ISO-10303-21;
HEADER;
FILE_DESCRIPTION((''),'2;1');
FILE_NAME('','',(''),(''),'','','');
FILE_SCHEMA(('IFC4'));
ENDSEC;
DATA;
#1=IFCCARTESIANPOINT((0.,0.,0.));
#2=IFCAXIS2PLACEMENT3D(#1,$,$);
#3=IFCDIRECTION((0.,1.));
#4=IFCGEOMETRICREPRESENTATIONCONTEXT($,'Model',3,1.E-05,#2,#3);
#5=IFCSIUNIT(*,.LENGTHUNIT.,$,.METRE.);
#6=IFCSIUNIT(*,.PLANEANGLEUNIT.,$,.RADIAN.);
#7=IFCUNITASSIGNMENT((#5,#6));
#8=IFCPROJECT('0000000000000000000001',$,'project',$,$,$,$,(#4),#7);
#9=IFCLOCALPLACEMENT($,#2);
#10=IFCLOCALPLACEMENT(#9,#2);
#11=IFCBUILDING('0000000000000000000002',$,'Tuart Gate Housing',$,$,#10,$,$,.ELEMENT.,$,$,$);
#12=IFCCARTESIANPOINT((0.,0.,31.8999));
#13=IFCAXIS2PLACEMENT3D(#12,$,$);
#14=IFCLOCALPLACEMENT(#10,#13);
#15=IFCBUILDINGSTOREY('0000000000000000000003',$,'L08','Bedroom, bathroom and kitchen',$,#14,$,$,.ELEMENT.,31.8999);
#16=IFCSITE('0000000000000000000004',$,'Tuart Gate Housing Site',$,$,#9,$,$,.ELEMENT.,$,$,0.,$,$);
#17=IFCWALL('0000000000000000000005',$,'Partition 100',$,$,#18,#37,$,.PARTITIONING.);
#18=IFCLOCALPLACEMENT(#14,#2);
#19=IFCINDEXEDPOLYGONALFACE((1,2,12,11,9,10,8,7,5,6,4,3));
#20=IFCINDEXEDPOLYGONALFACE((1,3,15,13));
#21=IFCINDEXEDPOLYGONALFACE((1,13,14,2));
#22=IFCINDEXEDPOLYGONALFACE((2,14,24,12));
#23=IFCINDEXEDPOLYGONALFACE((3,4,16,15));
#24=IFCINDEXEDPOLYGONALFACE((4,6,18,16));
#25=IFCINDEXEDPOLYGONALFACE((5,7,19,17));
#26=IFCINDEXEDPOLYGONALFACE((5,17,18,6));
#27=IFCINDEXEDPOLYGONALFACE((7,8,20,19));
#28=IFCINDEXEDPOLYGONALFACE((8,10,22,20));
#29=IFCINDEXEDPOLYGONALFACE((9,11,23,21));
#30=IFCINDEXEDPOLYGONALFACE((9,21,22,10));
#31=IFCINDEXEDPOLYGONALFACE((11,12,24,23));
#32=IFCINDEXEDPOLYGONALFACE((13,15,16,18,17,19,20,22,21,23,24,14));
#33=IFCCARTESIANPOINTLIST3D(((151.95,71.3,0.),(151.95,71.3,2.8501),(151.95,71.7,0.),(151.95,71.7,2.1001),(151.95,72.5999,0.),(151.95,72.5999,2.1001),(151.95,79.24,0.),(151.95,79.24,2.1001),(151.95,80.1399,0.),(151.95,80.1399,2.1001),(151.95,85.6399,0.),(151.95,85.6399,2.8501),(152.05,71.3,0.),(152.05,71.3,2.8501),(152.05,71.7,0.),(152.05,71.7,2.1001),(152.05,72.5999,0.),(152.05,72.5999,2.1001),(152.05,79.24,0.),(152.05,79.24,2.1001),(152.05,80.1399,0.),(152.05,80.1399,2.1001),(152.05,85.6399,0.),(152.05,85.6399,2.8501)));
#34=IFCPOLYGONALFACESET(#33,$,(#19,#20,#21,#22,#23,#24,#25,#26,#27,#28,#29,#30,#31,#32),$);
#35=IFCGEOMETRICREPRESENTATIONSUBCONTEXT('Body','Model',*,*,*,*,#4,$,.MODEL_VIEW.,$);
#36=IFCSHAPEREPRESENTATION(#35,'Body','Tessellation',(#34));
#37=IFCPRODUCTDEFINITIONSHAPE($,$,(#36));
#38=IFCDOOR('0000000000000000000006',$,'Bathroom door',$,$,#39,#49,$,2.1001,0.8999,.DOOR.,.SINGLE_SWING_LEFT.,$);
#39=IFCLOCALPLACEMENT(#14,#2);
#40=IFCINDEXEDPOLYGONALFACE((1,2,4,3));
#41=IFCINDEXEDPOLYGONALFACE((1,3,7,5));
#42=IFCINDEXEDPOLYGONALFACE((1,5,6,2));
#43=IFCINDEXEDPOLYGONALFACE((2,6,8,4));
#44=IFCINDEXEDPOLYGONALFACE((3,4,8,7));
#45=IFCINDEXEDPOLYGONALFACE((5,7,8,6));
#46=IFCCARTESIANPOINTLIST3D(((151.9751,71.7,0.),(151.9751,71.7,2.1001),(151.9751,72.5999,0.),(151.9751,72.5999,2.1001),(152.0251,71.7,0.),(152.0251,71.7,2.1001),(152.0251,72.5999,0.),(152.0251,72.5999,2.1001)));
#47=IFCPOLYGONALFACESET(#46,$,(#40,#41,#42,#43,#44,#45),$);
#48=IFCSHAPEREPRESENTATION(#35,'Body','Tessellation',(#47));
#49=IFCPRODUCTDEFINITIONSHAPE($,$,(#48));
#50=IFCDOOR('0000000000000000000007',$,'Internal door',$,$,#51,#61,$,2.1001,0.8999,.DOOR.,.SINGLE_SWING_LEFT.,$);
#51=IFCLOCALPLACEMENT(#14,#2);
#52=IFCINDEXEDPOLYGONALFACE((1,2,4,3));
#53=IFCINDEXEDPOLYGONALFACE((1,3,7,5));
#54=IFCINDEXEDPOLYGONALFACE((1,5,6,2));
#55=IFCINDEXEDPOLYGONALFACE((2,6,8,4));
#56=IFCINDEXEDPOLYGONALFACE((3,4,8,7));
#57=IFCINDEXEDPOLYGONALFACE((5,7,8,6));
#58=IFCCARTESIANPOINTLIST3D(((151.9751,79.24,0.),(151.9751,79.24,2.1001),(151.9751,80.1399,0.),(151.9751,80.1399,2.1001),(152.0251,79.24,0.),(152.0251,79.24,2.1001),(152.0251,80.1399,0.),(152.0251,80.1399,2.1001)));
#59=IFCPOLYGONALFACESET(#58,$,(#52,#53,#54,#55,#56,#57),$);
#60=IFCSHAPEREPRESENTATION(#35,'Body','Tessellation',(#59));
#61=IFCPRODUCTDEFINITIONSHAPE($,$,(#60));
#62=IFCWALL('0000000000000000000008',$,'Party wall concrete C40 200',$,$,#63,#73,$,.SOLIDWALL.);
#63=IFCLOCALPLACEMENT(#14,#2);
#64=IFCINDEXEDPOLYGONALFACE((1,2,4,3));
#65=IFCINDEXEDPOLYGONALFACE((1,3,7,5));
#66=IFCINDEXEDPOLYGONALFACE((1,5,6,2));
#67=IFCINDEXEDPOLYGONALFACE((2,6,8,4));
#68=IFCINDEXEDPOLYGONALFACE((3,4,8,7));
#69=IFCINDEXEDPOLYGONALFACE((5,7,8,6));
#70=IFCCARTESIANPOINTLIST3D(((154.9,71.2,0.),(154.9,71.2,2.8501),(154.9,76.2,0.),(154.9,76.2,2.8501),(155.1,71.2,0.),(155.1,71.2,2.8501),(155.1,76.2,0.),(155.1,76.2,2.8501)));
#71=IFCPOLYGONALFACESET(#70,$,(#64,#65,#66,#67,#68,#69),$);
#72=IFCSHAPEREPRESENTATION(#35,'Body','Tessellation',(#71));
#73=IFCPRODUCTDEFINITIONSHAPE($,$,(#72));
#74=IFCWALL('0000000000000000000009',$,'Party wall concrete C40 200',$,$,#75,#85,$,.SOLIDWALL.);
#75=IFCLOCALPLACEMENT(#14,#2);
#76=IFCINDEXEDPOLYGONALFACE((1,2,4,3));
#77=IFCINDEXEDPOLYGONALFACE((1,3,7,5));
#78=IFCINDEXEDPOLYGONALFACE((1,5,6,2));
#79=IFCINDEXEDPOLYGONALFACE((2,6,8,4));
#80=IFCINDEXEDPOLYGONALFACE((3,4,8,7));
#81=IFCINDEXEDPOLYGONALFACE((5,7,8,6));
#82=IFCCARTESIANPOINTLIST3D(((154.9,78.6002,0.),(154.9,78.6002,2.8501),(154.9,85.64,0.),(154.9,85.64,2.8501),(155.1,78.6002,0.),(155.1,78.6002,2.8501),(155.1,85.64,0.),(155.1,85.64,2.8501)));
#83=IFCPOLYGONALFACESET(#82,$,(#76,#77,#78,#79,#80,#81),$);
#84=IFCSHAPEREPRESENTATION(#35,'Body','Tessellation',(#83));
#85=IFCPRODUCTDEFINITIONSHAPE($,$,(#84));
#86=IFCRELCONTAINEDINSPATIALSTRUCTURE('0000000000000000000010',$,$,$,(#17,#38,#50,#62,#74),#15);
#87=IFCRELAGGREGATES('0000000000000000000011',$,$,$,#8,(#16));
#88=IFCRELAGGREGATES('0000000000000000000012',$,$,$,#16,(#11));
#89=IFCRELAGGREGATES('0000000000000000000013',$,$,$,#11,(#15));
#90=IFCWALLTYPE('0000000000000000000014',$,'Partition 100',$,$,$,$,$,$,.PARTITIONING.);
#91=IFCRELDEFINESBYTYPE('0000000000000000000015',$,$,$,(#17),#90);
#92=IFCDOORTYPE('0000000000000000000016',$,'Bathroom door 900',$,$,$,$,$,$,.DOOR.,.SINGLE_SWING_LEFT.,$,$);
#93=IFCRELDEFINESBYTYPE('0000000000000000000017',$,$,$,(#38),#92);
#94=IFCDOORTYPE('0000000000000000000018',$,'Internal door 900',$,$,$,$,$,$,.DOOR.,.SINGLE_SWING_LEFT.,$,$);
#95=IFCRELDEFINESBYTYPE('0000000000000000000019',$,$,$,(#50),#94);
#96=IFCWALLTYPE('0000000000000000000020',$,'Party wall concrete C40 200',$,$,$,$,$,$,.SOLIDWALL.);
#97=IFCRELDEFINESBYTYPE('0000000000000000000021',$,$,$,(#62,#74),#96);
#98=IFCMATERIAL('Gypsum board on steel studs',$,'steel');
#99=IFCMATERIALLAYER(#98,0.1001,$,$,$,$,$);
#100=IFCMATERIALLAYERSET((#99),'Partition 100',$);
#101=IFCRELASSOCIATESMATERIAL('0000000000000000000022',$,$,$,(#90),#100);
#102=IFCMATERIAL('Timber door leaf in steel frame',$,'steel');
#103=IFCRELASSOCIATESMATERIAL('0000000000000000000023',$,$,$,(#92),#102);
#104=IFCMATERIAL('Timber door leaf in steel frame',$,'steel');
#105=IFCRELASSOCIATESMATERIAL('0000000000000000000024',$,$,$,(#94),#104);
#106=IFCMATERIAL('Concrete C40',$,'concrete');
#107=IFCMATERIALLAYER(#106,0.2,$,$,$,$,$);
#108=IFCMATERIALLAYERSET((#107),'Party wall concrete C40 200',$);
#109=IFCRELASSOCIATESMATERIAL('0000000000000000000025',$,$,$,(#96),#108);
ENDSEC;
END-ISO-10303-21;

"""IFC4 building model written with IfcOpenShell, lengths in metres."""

from ifc_helpers import new_model, si_unit, direction, frame, frame_2d, origin, place, context, subcontext, project, spatial, rectangle, extrude, material, layer, layer_set, type_object, element, fill, save


model = new_model("IFC4")

# Units and contexts
model_context = context("Model", 3, precision=1e-05, world=origin(), true_north=direction((0.0, 1.0)))
body_context = subcontext(model_context, "Body", "Model", "MODEL_VIEW")
ifc_project = project(units=[si_unit("LENGTHUNIT", "METRE"), si_unit("PLANEANGLEUNIT", "RADIAN")], contexts=[model_context])

# Site, building, storey
site_placement = place(None, origin())
site = spatial("IfcSite", under=ifc_project, at=site_placement, Name="Tuart Gate Housing Site", CompositionType="ELEMENT", RefElevation=0.0)
building_placement = place(site_placement, origin())
building = spatial("IfcBuilding", under=site, at=building_placement, Name="Tuart Gate Housing", CompositionType="ELEMENT")
storey_placement = place(building_placement, frame((0.0, 0.0, 31.8999)))
storey = spatial("IfcBuildingStorey", under=building, at=storey_placement, Name="L08", Description="Bedroom, bathroom and kitchen", CompositionType="ELEMENT", Elevation=31.8999)

# Shared definitions
ifc_material_1 = material(Name="Gypsum board on steel studs", Category="steel")
ifc_layer_1 = layer(ifc_material_1, 0.1001)
ifc_layer_set_1 = layer_set([ifc_layer_1], Name="Partition 100")
wall_type_1 = type_object("IfcWallType", Name="Partition 100", PredefinedType="PARTITIONING", material=ifc_layer_set_1)

# Wall, openings, doors
wall_1_placement = place(storey_placement, frame((152.0, 71.3, 0.0), z_axis=(0.0, 0.0, 1.0), x_axis=(0.0, 1.0, 0.0)))
wall_1 = element("IfcWall", 1, at=wall_1_placement, inside=storey, type_object=wall_type_1, Name="Partition 100", PredefinedType="PARTITIONING", context=body_context, shape_type="SweptSolid", body=[
    extrude(rectangle(XDim=14.3398, YDim=0.1001, at=frame_2d((7.1699, 0.0))), origin(), (0.0, 0.0, 1.0), 2.8501),
])
opening_1_placement = place(wall_1_placement, frame((7.9399, 0.0, 0.0)))
opening_1 = element("IfcOpeningElement", 2, at=opening_1_placement, cuts=wall_1, PredefinedType="OPENING", context=body_context, shape_type="SweptSolid", body=[
    extrude(rectangle(XDim=0.8999, YDim=2.1001, at=frame_2d((0.45, 1.05))), frame((0.0, 0.0601, 0.0), z_axis=(0.0, -1.0, 0.0), x_axis=(1.0, 0.0, 0.0)), (0.0, 0.0, 1.0), 0.1201),
])
opening_2_placement = place(wall_1_placement, frame((0.3999, 0.0, 0.0)))
opening_2 = element("IfcOpeningElement", 3, at=opening_2_placement, cuts=wall_1, PredefinedType="OPENING", context=body_context, shape_type="SweptSolid", body=[
    extrude(rectangle(XDim=0.8999, YDim=2.1001, at=frame_2d((0.45, 1.05))), frame((0.0, 0.0601, 0.0), z_axis=(0.0, -1.0, 0.0), x_axis=(1.0, 0.0, 0.0)), (0.0, 0.0, 1.0), 0.1201),
])
ifc_material_2 = material(Name="Timber door leaf in steel frame", Category="steel")
door_type_1 = type_object("IfcDoorType", Name="Bathroom door 900", OperationType="SINGLE_SWING_LEFT", PredefinedType="DOOR", material=ifc_material_2)
door_1_placement = place(opening_2_placement, origin())
door_1 = element("IfcDoor", 4, at=door_1_placement, inside=storey, type_object=door_type_1, Name="Bathroom door", OperationType="SINGLE_SWING_LEFT", OverallHeight=2.1001, OverallWidth=0.8999, PredefinedType="DOOR", context=body_context, shape_type="SweptSolid", body=[
    extrude(rectangle(XDim=0.8999, YDim=2.1001, at=frame_2d((0.45, 1.05))), frame((0.0, 0.0249, 0.0), z_axis=(0.0, -1.0, 0.0), x_axis=(1.0, 0.0, 0.0)), (0.0, 0.0, 1.0), 0.05),
])
fill(opening_2, door_1)
ifc_material_3 = material(Name="Timber door leaf in steel frame", Category="steel")
door_type_2 = type_object("IfcDoorType", Name="Internal door 900", OperationType="SINGLE_SWING_LEFT", PredefinedType="DOOR", material=ifc_material_3)
door_2_placement = place(opening_1_placement, origin())
door_2 = element("IfcDoor", 5, at=door_2_placement, inside=storey, type_object=door_type_2, Name="Internal door", OperationType="SINGLE_SWING_LEFT", OverallHeight=2.1001, OverallWidth=0.8999, PredefinedType="DOOR", context=body_context, shape_type="SweptSolid", body=[
    extrude(rectangle(XDim=0.8999, YDim=2.1001, at=frame_2d((0.45, 1.05))), frame((0.0, 0.0249, 0.0), z_axis=(0.0, -1.0, 0.0), x_axis=(1.0, 0.0, 0.0)), (0.0, 0.0, 1.0), 0.05),
])
fill(opening_1, door_2)

# Walls
ifc_material_4 = material(Name="Concrete C40", Category="concrete")
ifc_layer_2 = layer(ifc_material_4, 0.2)
ifc_layer_set_2 = layer_set([ifc_layer_2], Name="Party wall concrete C40 200")
wall_type_2 = type_object("IfcWallType", Name="Party wall concrete C40 200", PredefinedType="SOLIDWALL", material=ifc_layer_set_2)
wall_2_placement = place(storey_placement, frame((155.0, 71.2, 0.0), z_axis=(0.0, 0.0, 1.0), x_axis=(0.0, 1.0, 0.0)))
element("IfcWall", 6, at=wall_2_placement, inside=storey, type_object=wall_type_2, Name="Party wall concrete C40 200", PredefinedType="SOLIDWALL", context=body_context, shape_type="SweptSolid", body=[
    extrude(rectangle(XDim=5.0, YDim=0.2, at=frame_2d((2.5, 0.0))), origin(), (0.0, 0.0, 1.0), 2.8501),
])
wall_3_placement = place(storey_placement, frame((155.0, 78.6001, 0.0), z_axis=(0.0, 0.0, 1.0), x_axis=(0.0, 1.0, 0.0)))
element("IfcWall", 7, at=wall_3_placement, inside=storey, type_object=wall_type_2, Name="Party wall concrete C40 200", PredefinedType="SOLIDWALL", context=body_context, shape_type="SweptSolid", body=[
    extrude(rectangle(XDim=7.0398, YDim=0.2, at=frame_2d((3.52, 0.0))), origin(), (0.0, 0.0, 1.0), 2.8501),
])

save(model, "model.ifc")
